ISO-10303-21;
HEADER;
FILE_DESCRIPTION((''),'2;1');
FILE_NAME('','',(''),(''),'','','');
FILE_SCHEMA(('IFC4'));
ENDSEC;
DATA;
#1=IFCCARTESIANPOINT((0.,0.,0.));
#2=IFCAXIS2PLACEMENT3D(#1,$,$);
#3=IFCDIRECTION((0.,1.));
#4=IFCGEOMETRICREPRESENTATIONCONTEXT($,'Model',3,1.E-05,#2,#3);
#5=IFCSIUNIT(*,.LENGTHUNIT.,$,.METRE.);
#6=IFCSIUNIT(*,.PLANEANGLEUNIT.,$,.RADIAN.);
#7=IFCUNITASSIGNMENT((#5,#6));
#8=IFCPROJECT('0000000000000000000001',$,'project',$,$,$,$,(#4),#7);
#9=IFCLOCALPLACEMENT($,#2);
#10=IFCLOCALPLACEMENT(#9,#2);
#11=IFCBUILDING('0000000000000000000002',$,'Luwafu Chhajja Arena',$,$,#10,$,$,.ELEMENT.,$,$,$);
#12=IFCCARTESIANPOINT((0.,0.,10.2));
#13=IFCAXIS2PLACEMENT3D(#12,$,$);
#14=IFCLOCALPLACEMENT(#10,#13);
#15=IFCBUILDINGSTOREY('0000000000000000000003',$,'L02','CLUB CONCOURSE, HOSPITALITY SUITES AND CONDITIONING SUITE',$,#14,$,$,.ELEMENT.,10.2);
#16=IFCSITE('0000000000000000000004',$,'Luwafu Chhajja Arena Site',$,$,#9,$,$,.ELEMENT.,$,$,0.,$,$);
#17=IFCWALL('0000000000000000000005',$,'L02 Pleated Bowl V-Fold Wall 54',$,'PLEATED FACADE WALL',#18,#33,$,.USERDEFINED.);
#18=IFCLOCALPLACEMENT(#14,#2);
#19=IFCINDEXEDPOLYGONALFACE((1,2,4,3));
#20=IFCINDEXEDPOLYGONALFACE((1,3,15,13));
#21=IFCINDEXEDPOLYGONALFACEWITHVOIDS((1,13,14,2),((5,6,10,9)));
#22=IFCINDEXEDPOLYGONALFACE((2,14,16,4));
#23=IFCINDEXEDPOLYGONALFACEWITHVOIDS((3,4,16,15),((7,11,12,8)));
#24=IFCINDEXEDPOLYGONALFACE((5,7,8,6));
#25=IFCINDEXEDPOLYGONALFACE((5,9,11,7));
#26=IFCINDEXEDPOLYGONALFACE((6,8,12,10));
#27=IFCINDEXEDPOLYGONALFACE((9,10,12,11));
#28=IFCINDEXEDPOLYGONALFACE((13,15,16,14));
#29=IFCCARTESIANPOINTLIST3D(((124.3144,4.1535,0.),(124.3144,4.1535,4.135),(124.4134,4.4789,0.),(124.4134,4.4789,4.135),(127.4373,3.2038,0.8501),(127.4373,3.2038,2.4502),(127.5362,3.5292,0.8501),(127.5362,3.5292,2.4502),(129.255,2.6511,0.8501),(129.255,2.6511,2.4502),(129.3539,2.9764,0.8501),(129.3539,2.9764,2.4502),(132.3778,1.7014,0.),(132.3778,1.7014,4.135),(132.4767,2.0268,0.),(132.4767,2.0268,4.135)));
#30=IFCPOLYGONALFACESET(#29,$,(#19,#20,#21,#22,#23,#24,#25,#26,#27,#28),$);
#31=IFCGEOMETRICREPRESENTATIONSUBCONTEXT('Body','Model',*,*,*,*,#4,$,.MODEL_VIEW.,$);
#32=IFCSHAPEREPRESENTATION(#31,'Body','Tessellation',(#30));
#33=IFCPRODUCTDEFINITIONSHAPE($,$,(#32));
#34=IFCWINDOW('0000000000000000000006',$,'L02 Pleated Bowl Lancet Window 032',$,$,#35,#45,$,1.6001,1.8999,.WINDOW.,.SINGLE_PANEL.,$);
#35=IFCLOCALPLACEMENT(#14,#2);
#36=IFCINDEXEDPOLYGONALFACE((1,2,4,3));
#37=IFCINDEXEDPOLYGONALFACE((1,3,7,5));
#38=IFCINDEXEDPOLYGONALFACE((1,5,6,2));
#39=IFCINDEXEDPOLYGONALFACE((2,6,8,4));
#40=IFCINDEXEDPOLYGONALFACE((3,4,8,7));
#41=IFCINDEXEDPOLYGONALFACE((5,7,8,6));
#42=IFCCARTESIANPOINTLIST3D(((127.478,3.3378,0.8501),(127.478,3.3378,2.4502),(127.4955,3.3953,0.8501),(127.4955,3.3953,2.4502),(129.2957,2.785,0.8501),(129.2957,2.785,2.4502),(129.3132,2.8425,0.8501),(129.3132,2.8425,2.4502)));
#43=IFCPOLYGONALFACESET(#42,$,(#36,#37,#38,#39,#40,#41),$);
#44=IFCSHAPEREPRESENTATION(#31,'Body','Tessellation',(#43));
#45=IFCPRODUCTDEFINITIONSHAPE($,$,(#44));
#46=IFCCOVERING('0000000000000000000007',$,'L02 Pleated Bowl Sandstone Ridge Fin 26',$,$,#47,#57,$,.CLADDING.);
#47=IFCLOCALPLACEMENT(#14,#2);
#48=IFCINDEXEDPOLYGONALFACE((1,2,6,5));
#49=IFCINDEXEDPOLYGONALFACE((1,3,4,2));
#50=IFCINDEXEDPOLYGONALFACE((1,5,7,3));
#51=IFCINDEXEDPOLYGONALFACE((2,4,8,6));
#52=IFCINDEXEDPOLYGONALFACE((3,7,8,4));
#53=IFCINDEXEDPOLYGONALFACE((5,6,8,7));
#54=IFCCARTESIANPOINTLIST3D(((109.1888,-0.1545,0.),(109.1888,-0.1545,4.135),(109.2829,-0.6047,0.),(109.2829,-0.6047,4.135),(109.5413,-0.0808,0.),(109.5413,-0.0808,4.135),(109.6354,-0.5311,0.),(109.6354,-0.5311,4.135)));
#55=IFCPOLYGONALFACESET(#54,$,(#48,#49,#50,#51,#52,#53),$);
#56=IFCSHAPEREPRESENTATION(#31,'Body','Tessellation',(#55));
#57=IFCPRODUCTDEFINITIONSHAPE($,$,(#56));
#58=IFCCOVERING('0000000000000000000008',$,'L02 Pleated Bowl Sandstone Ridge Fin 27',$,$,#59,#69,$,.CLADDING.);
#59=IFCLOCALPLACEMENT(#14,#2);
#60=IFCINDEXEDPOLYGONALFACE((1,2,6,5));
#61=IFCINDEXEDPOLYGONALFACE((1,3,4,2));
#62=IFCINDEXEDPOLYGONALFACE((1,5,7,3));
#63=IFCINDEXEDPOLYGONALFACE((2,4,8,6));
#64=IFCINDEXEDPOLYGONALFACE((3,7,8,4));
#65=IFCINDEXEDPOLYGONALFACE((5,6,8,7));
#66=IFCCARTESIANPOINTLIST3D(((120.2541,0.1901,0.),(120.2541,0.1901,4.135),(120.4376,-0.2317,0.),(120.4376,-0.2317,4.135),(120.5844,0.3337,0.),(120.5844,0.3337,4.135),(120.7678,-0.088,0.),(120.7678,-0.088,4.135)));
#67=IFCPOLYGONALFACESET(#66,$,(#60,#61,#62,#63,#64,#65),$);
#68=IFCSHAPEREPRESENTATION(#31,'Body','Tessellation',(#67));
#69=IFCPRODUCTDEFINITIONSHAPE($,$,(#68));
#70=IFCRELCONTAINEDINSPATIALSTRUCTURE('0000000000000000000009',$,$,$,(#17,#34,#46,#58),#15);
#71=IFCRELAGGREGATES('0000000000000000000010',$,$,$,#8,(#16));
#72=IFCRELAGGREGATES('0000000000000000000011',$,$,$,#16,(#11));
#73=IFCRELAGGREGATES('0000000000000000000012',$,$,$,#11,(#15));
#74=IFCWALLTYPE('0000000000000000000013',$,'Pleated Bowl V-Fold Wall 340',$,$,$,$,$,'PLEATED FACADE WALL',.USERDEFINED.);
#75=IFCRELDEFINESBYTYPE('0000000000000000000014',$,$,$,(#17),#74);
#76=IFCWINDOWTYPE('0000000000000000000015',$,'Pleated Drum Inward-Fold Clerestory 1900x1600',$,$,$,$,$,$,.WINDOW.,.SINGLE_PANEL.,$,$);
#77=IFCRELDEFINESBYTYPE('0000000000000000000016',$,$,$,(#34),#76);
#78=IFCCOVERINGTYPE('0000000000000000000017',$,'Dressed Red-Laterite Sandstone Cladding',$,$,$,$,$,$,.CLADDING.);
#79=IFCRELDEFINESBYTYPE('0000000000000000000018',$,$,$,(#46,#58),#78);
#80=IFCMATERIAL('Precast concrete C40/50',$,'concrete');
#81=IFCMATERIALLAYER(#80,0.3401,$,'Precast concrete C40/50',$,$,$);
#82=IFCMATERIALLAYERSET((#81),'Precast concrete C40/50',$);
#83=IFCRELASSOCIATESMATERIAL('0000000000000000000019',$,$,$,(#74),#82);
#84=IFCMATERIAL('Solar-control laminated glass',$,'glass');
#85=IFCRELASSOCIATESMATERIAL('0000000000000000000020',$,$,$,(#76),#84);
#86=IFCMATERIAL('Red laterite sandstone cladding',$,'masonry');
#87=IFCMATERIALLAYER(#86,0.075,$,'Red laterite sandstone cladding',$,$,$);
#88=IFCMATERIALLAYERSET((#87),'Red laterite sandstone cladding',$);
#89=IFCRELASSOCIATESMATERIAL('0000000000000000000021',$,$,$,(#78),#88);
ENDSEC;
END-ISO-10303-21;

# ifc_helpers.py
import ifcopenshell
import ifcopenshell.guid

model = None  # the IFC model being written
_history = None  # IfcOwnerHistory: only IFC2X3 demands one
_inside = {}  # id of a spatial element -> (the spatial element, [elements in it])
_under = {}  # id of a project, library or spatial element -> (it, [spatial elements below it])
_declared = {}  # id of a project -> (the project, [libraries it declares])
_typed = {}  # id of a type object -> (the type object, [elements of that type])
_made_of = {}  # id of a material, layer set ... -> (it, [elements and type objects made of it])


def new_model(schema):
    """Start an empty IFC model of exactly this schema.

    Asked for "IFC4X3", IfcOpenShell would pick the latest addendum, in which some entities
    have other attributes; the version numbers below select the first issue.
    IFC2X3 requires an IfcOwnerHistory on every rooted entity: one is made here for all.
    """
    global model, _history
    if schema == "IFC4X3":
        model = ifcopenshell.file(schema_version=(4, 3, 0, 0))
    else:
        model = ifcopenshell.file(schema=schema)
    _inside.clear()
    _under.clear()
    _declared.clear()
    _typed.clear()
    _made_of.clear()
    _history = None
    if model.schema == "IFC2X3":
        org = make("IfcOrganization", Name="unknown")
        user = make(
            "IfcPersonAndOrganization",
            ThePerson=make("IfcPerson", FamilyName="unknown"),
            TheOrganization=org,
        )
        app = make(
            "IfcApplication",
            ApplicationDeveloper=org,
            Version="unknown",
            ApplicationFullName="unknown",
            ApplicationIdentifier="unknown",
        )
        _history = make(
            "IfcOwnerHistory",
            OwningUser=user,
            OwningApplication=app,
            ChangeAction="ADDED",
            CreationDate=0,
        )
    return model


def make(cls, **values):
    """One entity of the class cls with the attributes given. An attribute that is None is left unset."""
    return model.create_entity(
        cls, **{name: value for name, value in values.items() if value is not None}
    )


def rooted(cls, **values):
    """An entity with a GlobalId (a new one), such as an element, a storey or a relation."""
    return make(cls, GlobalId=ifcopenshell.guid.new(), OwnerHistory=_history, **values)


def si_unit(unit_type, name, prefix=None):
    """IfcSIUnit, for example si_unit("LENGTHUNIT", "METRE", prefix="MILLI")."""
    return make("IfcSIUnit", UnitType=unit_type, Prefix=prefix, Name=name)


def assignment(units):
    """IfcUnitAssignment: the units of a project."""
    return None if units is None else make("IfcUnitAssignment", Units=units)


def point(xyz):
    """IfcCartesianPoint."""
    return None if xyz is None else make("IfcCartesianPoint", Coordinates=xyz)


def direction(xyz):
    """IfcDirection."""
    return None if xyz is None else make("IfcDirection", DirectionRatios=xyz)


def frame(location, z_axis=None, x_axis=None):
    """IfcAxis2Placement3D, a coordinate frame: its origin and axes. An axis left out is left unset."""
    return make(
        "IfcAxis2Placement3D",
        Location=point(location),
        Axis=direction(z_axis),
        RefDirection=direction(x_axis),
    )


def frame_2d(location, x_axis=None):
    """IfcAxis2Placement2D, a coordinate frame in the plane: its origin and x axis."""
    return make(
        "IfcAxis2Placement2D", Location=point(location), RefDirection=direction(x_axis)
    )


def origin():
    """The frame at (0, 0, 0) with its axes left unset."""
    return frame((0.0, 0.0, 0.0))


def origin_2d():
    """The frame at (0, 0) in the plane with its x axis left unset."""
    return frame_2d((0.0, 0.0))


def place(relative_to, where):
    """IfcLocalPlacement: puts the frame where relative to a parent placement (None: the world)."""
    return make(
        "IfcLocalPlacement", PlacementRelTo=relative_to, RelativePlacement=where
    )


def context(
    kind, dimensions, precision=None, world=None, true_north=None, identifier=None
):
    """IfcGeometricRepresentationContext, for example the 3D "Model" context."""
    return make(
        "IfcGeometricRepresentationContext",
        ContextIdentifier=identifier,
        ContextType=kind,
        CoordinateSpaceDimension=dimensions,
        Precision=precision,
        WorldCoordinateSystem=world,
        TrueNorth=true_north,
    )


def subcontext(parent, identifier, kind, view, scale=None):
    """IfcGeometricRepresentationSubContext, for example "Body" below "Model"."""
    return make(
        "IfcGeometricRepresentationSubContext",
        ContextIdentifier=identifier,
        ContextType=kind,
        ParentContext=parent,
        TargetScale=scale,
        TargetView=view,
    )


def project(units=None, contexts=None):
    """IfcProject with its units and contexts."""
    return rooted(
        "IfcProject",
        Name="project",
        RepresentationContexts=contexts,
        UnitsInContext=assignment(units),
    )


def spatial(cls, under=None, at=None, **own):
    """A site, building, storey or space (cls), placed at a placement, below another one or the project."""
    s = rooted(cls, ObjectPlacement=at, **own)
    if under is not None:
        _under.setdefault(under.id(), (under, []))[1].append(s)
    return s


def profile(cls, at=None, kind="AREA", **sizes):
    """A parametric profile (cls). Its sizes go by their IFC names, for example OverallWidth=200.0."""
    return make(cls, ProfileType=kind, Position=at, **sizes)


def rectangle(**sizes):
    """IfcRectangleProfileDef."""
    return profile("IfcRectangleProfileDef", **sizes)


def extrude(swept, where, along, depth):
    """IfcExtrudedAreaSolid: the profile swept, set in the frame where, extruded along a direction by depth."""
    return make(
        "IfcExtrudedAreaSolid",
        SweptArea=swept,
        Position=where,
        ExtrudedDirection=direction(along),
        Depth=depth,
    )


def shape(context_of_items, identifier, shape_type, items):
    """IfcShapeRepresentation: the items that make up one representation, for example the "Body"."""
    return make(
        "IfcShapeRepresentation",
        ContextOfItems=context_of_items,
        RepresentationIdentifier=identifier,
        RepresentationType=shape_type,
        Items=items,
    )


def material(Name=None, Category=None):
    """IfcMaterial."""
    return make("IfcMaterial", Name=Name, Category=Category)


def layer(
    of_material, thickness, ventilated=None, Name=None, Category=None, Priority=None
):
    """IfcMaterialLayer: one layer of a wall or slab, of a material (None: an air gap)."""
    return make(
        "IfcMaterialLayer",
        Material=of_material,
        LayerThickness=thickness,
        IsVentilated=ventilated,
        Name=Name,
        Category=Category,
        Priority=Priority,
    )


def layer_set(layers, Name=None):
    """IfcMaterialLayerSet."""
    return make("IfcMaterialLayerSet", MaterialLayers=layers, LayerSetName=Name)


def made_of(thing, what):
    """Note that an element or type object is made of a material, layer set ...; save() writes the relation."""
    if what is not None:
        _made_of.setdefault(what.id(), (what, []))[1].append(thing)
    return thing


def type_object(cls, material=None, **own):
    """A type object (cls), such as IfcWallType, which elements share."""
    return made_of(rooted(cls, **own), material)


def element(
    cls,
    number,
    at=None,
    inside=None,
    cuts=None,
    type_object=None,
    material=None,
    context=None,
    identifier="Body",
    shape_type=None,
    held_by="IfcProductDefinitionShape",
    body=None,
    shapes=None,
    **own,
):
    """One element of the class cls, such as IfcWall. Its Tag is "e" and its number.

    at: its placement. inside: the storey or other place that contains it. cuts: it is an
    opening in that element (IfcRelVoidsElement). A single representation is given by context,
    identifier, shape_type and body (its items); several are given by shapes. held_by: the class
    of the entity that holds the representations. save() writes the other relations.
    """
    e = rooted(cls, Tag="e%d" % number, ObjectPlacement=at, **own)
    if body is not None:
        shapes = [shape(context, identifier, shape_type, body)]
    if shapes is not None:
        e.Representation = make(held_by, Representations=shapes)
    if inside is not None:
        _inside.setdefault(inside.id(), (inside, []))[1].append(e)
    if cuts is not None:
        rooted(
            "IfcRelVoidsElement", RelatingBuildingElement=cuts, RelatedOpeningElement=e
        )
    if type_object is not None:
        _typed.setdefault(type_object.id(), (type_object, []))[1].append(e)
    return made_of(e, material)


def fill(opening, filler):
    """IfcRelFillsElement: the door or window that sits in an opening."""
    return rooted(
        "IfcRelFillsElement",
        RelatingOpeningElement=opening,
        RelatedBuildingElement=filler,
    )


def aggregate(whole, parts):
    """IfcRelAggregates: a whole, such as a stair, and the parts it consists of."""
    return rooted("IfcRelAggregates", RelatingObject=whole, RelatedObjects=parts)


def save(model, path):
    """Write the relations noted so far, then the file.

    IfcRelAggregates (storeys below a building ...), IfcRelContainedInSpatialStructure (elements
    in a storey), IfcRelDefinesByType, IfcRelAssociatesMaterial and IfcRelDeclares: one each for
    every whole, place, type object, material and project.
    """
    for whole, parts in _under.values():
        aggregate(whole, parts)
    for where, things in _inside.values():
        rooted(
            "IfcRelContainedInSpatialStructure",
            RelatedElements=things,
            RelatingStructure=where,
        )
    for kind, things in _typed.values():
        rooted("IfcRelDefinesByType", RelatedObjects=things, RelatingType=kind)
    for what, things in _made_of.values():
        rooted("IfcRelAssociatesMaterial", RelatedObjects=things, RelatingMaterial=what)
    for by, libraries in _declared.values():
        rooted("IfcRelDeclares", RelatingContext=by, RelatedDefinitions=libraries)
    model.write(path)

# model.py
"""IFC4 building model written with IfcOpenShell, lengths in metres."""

from ifc_helpers import new_model, si_unit, direction, frame, frame_2d, origin, origin_2d, place, context, subcontext, project, spatial, rectangle, extrude, material, layer, layer_set, type_object, element, fill, save


model = new_model("IFC4")

# Units and contexts
model_context = context("Model", 3, precision=1e-05, world=origin(), true_north=direction((0.0, 1.0)))
body_context = subcontext(model_context, "Body", "Model", "MODEL_VIEW")
ifc_project = project(units=[si_unit("LENGTHUNIT", "METRE"), si_unit("PLANEANGLEUNIT", "RADIAN")], contexts=[model_context])

# Site, building, storey
site_placement = place(None, origin())
site = spatial("IfcSite", under=ifc_project, at=site_placement, Name="Luwafu Chhajja Arena Site", CompositionType="ELEMENT", RefElevation=0.0)
building_placement = place(site_placement, origin())
building = spatial("IfcBuilding", under=site, at=building_placement, Name="Luwafu Chhajja Arena", CompositionType="ELEMENT")
storey_placement = place(building_placement, frame((0.0, 0.0, 10.2)))
storey = spatial("IfcBuildingStorey", under=building, at=storey_placement, Name="L02", Description="CLUB CONCOURSE, HOSPITALITY SUITES AND CONDITIONING SUITE", CompositionType="ELEMENT", Elevation=10.2)

# Wall, opening, window
ifc_material_1 = material(Name="Precast concrete C40/50", Category="concrete")
ifc_layer_1 = layer(ifc_material_1, 0.3401, Name="Precast concrete C40/50")
ifc_layer_set_1 = layer_set([ifc_layer_1], Name="Precast concrete C40/50")
wall_type_1 = type_object("IfcWallType", Name="Pleated Bowl V-Fold Wall 340", ElementType="PLEATED FACADE WALL", PredefinedType="USERDEFINED", material=ifc_layer_set_1)
ifc_material_2 = material(Name="Solar-control laminated glass", Category="glass")
window_type_1 = type_object("IfcWindowType", Name="Pleated Drum Inward-Fold Clerestory 1900x1600", PartitioningType="SINGLE_PANEL", PredefinedType="WINDOW", material=ifc_material_2)
wall_1_placement = place(storey_placement, frame((124.364, 4.3162, 0.0), z_axis=(0.0, 0.0, 1.0), x_axis=(0.956738, -0.29095, 0.0)))
wall_1 = element("IfcWall", 1, at=wall_1_placement, inside=storey, type_object=wall_type_1, Name="L02 Pleated Bowl V-Fold Wall 54", ObjectType="PLEATED FACADE WALL", PredefinedType="USERDEFINED", context=body_context, shape_type="SweptSolid", body=[
    extrude(rectangle(XDim=8.428, YDim=0.3401, at=frame_2d((4.2139, 0.0))), origin(), (0.0, 0.0, 1.0), 4.135),
])
opening_1_placement = place(wall_1_placement, frame((3.2639, 0.0, 0.8501)))
opening_1 = element("IfcOpeningElement", 2, at=opening_1_placement, cuts=wall_1, PredefinedType="OPENING", context=body_context, shape_type="SweptSolid", body=[
    extrude(rectangle(XDim=1.8999, YDim=1.6001, at=frame_2d((0.95, 0.8))), frame((0.0, 0.1799, 0.0), z_axis=(0.0, -1.0, 0.0), x_axis=(1.0, 0.0, 0.0)), (0.0, 0.0, 1.0), 0.3601),
])
window_1_placement = place(opening_1_placement, origin())
window_1 = element("IfcWindow", 3, at=window_1_placement, inside=storey, type_object=window_type_1, Name="L02 Pleated Bowl Lancet Window 032", OverallHeight=1.6001, OverallWidth=1.8999, PartitioningType="SINGLE_PANEL", PredefinedType="WINDOW", context=body_context, shape_type="SweptSolid", body=[
    extrude(rectangle(XDim=1.8999, YDim=1.6001, at=frame_2d((0.95, 0.8))), frame((0.0, 0.03, 0.0), z_axis=(0.0, -1.0, 0.0), x_axis=(1.0, 0.0, 0.0)), (0.0, 0.0, 1.0), 0.0601),
])
fill(opening_1, window_1)

# Coverings
ifc_material_3 = material(Name="Red laterite sandstone cladding", Category="masonry")
ifc_layer_2 = layer(ifc_material_3, 0.075, Name="Red laterite sandstone cladding")
ifc_layer_set_2 = layer_set([ifc_layer_2], Name="Red laterite sandstone cladding")
covering_type = type_object("IfcCoveringType", Name="Dressed Red-Laterite Sandstone Cladding", PredefinedType="CLADDING", material=ifc_layer_set_2)
for number, where, z_axis, x_axis, name in (
    (4, (109.4121, -0.3428, 0.0), (0.0, 0.0, 1.0), (0.204485, -0.97887, 0.0), "L02 Pleated Bowl Sandstone Ridge Fin 26"),
    (5, (120.511, 0.051, 0.0), (0.0, 0.0, 1.0), (0.398903, -0.916993, 0.0), "L02 Pleated Bowl Sandstone Ridge Fin 27"),
):
    element("IfcCovering", number, at=place(storey_placement, frame(where, z_axis=z_axis, x_axis=x_axis)), inside=storey, type_object=covering_type, Name=name, PredefinedType="CLADDING", context=body_context, shape_type="SweptSolid", body=[
        extrude(rectangle(XDim=0.46, YDim=0.3601, at=origin_2d()), origin(), (0.0, 0.0, 1.0), 4.135),
    ])

save(model, "model.ifc")
